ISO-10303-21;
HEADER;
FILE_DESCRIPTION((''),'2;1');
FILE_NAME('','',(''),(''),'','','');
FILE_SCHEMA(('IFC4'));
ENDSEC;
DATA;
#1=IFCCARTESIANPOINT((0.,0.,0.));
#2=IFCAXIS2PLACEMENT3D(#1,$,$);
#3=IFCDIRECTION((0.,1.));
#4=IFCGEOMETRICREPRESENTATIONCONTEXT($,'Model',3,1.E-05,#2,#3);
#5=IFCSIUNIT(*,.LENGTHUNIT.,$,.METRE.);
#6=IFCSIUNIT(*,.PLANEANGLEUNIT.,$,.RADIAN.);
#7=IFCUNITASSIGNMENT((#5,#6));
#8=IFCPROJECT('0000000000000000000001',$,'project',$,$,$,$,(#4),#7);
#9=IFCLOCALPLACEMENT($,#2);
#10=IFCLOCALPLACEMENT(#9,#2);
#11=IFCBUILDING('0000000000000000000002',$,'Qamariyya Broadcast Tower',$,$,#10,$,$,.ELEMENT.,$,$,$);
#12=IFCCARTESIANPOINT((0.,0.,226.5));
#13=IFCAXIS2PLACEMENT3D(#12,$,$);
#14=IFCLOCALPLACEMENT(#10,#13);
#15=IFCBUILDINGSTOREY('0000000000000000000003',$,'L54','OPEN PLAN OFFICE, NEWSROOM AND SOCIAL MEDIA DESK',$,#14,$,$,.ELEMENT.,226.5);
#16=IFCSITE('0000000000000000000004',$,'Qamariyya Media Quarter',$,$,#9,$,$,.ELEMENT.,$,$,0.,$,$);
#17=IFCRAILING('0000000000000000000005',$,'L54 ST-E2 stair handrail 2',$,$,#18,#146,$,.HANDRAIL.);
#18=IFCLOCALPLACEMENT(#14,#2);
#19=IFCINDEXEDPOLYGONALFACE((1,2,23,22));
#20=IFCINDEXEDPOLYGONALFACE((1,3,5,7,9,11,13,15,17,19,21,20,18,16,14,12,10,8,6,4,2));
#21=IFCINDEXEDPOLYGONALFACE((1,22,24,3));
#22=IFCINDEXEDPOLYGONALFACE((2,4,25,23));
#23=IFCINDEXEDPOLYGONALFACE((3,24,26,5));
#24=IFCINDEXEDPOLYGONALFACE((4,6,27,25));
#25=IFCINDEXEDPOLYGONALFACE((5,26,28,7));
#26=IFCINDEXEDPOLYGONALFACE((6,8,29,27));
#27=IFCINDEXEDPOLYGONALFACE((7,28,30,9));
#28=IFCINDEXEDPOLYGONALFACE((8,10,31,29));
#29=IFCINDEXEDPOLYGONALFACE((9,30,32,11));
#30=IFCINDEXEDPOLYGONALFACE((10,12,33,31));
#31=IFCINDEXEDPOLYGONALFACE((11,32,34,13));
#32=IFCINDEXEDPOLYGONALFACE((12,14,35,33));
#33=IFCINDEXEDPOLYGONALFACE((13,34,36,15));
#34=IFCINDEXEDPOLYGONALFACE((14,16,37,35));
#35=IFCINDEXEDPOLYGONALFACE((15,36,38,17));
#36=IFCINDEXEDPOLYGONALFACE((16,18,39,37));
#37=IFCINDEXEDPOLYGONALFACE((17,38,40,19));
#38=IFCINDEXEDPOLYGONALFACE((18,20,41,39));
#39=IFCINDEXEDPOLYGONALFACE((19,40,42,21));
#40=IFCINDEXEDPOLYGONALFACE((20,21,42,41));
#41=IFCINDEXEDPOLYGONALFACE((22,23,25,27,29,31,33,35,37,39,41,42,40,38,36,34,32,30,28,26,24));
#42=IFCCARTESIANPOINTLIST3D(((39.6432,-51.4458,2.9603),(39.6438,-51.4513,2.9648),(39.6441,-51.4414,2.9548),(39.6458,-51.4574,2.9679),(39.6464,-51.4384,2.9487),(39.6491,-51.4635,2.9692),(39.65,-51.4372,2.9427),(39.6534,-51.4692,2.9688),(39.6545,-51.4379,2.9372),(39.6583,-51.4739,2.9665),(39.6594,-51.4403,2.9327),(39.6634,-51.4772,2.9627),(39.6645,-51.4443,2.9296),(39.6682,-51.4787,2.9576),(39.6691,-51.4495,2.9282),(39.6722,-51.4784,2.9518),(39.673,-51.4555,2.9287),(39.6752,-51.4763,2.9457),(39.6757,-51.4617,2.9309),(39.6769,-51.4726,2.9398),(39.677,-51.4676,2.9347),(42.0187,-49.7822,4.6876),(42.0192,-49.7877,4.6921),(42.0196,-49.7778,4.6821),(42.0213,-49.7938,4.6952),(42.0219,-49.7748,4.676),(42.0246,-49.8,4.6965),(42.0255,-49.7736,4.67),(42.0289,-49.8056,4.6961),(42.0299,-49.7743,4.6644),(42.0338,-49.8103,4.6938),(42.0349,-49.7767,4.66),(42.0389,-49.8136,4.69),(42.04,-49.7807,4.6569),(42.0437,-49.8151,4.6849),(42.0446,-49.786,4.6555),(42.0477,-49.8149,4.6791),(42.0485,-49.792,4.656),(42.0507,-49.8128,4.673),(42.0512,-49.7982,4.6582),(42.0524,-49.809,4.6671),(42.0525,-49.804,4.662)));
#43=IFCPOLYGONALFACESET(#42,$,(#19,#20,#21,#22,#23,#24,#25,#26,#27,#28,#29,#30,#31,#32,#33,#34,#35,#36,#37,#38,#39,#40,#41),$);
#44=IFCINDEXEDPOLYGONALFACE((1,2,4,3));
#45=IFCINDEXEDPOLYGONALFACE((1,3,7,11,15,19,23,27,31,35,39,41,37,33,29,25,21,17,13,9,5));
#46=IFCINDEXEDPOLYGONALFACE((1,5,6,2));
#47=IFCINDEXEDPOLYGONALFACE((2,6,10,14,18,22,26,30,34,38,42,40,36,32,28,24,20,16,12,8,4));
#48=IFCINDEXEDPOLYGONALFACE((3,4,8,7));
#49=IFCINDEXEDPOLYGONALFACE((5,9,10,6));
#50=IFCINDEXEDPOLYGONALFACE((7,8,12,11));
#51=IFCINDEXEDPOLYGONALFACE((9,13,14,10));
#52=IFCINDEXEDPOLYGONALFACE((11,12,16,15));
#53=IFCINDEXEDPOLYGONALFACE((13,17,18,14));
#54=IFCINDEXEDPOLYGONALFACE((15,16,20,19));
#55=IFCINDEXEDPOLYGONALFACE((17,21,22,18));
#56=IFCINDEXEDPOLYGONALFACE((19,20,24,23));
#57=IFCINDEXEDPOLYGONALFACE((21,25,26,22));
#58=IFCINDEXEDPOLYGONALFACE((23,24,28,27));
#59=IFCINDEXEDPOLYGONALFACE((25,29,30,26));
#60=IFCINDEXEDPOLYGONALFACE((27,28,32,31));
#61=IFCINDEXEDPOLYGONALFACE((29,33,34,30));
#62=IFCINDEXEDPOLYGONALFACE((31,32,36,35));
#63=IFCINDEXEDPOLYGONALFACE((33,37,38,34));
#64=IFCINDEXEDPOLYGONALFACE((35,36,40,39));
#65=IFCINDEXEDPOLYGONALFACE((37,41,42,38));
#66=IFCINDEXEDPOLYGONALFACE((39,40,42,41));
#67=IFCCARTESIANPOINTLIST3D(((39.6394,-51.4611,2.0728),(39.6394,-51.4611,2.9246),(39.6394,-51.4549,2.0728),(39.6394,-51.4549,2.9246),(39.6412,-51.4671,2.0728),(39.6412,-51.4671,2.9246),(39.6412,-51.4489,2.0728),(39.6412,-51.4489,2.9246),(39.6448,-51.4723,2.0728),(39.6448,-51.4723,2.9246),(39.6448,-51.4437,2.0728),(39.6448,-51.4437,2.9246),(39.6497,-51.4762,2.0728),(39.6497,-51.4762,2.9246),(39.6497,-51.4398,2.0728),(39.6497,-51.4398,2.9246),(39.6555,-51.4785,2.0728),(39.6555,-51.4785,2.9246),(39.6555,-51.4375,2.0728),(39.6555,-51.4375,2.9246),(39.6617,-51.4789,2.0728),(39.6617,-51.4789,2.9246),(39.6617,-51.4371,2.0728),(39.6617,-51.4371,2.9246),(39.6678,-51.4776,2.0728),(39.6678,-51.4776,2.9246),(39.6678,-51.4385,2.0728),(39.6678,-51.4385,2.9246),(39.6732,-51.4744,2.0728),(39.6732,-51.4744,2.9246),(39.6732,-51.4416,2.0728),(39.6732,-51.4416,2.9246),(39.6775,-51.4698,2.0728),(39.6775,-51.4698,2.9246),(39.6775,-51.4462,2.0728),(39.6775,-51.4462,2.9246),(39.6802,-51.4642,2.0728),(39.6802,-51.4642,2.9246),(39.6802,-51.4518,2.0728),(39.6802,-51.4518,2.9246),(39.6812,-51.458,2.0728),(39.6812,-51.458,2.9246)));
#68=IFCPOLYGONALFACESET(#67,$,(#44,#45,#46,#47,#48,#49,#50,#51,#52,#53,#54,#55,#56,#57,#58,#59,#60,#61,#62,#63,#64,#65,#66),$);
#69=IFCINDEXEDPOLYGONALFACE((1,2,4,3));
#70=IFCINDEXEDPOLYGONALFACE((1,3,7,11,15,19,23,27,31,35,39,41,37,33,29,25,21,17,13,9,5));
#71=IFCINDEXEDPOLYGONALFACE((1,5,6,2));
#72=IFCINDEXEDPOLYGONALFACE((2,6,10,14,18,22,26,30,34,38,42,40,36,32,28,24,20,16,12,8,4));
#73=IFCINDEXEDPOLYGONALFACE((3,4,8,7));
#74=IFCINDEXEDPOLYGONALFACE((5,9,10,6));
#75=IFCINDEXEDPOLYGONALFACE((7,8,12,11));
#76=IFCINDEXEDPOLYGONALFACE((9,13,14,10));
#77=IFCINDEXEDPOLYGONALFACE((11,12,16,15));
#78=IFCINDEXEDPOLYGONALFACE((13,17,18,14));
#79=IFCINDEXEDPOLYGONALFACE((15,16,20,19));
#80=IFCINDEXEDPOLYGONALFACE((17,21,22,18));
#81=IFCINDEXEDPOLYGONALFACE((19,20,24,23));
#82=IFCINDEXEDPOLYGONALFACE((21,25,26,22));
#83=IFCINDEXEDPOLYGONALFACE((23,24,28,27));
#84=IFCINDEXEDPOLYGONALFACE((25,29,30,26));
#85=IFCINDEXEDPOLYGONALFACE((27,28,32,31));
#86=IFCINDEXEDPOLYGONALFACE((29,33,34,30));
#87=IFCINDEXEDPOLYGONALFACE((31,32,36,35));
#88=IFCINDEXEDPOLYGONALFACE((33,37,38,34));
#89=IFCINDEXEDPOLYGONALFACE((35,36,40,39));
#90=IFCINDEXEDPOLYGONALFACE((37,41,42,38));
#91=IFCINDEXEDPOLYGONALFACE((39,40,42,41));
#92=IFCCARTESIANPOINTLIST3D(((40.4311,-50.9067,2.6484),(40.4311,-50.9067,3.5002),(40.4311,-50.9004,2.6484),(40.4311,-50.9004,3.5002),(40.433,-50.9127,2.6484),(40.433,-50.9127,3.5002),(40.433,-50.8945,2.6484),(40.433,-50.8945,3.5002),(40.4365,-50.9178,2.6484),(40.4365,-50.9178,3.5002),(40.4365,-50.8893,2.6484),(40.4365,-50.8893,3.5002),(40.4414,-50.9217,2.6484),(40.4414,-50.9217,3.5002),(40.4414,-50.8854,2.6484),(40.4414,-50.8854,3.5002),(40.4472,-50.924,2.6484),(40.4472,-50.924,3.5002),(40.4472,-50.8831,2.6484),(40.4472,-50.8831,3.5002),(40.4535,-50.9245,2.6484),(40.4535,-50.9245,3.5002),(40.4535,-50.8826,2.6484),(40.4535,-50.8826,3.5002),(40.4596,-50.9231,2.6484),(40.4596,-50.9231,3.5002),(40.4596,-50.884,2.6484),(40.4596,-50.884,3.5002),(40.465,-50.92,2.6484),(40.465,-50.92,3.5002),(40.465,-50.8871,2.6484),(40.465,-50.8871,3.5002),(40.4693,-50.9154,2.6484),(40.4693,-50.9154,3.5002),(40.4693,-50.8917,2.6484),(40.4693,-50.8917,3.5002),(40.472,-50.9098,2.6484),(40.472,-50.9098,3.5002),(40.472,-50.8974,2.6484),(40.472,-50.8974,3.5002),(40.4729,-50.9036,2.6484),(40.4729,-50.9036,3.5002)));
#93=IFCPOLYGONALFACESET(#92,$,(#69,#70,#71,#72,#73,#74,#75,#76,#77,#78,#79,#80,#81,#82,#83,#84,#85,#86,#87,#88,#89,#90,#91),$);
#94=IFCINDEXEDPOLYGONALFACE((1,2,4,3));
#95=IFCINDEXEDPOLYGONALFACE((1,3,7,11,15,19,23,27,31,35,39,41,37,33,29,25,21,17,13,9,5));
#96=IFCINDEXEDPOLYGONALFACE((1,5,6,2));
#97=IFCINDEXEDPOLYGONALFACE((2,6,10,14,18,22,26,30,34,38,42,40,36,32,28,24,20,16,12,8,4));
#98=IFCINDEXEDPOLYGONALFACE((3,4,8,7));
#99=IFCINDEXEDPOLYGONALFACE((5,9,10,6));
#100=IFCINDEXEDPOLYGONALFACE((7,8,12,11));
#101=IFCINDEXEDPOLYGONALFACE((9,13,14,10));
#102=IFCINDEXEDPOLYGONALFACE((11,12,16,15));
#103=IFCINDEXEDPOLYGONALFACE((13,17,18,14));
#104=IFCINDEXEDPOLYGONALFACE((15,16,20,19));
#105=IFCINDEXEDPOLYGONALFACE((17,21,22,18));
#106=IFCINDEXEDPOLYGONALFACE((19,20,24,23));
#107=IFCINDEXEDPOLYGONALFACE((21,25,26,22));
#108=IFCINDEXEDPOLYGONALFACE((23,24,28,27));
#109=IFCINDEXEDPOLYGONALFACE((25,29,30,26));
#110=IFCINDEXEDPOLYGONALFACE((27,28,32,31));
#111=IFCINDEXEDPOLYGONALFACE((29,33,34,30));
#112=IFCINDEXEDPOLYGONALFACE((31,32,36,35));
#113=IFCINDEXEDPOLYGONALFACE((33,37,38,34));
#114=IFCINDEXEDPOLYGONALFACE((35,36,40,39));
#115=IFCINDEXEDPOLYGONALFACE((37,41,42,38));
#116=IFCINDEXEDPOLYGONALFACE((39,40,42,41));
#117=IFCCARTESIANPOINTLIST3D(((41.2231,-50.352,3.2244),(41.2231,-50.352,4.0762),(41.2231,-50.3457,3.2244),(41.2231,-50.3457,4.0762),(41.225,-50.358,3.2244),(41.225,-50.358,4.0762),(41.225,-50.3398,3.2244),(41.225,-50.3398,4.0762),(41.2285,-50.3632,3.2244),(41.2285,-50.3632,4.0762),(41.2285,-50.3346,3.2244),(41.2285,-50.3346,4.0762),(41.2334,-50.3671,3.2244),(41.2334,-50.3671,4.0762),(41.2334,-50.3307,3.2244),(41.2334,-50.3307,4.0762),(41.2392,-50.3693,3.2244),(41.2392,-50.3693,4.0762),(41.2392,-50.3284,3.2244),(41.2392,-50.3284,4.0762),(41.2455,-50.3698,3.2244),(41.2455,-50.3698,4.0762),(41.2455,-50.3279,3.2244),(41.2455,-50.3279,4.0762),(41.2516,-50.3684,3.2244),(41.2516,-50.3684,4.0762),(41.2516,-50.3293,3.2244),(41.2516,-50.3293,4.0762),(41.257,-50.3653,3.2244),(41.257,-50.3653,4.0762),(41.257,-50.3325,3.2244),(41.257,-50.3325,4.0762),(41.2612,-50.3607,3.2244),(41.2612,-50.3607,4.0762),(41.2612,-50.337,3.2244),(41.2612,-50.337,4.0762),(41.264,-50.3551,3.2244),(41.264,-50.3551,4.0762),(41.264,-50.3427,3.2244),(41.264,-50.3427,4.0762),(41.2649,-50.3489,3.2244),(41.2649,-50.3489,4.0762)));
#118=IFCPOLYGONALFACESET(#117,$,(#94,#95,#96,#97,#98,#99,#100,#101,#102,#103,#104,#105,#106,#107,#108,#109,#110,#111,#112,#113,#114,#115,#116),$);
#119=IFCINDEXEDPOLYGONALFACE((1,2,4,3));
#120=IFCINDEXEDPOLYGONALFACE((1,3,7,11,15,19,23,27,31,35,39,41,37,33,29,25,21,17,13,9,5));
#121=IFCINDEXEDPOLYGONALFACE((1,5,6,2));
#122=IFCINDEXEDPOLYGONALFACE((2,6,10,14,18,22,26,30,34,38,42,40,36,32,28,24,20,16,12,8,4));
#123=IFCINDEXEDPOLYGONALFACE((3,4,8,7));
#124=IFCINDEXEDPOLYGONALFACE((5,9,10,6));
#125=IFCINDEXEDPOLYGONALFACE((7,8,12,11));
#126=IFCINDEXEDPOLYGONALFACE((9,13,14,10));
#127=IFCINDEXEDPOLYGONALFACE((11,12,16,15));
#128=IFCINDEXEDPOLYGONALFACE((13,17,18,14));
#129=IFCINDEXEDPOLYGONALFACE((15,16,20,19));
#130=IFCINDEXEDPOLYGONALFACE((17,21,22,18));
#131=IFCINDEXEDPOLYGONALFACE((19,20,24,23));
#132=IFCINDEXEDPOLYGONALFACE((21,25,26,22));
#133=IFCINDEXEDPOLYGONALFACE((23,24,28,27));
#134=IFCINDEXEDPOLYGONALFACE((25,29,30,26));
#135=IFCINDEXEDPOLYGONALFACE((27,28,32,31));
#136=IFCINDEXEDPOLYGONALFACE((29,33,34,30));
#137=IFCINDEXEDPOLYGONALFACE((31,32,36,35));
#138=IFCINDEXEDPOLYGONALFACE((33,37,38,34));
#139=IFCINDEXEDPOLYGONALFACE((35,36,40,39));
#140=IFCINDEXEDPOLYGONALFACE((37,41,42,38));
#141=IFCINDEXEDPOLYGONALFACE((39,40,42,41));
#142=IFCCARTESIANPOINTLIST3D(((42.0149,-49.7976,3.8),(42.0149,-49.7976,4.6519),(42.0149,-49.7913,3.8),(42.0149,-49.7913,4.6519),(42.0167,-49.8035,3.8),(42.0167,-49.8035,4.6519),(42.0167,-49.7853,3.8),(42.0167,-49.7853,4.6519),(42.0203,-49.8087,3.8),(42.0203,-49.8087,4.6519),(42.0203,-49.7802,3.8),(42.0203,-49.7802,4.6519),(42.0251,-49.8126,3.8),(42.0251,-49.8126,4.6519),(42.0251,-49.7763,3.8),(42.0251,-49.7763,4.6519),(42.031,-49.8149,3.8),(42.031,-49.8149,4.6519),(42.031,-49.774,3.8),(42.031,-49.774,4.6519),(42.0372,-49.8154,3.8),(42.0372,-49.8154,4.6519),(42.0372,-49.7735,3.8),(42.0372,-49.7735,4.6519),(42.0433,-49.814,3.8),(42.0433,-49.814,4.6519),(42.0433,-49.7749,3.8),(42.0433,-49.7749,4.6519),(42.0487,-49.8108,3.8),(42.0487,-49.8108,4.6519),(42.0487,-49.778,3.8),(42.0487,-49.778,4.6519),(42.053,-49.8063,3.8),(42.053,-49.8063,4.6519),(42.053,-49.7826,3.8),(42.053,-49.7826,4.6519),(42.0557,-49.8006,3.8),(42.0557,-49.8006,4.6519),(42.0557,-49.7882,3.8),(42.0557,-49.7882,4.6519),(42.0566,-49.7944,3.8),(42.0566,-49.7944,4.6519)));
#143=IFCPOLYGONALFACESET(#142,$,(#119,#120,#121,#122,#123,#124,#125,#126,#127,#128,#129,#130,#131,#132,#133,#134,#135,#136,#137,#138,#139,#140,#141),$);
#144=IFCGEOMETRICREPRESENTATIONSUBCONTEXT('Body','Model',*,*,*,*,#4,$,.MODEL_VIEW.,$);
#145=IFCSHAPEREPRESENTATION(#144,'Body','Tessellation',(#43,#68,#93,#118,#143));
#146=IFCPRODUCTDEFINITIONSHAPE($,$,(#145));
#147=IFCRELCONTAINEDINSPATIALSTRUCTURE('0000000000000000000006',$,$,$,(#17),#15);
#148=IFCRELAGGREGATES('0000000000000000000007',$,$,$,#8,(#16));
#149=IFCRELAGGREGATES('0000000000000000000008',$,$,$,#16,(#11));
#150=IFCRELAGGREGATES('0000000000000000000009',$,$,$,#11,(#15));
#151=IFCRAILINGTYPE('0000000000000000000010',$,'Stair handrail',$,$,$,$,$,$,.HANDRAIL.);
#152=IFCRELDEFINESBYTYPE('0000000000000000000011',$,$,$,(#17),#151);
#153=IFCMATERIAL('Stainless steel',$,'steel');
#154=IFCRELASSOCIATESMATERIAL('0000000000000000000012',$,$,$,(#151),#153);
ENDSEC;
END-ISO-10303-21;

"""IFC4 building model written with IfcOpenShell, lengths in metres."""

from ifc_helpers import new_model, si_unit, direction, frame, origin, origin_2d, place, context, subcontext, project, spatial, circle, extrude, material, type_object, element, save


model = new_model("IFC4")

# Units and contexts
model_context = context("Model", 3, precision=1e-05, world=origin(), true_north=direction((0.0, 1.0)))
body_context = subcontext(model_context, "Body", "Model", "MODEL_VIEW")
ifc_project = project(units=[si_unit("LENGTHUNIT", "METRE"), si_unit("PLANEANGLEUNIT", "RADIAN")], contexts=[model_context])

# Site, building, storey
site_placement = place(None, origin())
site = spatial("IfcSite", under=ifc_project, at=site_placement, Name="Qamariyya Media Quarter", CompositionType="ELEMENT", RefElevation=0.0)
building_placement = place(site_placement, origin())
building = spatial("IfcBuilding", under=site, at=building_placement, Name="Qamariyya Broadcast Tower", CompositionType="ELEMENT")
storey_placement = place(building_placement, frame((0.0, 0.0, 226.5)))
storey = spatial("IfcBuildingStorey", under=building, at=storey_placement, Name="L54", Description="OPEN PLAN OFFICE, NEWSROOM AND SOCIAL MEDIA DESK", CompositionType="ELEMENT", Elevation=226.5)

# Railing
ifc_material_1 = material(Name="Stainless steel", Category="steel")
railing_type_1 = type_object("IfcRailingType", Name="Stair handrail", PredefinedType="HANDRAIL", material=ifc_material_1)
railing_1_placement = place(storey_placement, frame((39.6602, -51.458, 2.0728)))
element("IfcRailing", 1, at=railing_1_placement, inside=storey, type_object=railing_type_1, Name="L54 ST-E2 stair handrail 2", PredefinedType="HANDRAIL", context=body_context, shape_type="SweptSolid", body=[
    extrude(circle(Radius=0.0239, at=origin_2d()), frame((0.0, 0.0, 0.876), z_axis=(0.703745, 0.492838, 0.511716), x_axis=(-0.573632, 0.819113, 0.0)), (0.0, 0.0, 1.0), 3.3755),
    extrude(circle(Radius=0.021, at=origin_2d()), origin(), (0.0, 0.0, 1.0), 0.8518),
    extrude(circle(Radius=0.021, at=origin_2d()), frame((0.7917, 0.5544, 0.5757)), (0.0, 0.0, 1.0), 0.8518),
    extrude(circle(Radius=0.021, at=origin_2d()), frame((1.5837, 1.1091, 1.1516)), (0.0, 0.0, 1.0), 0.8518),
    extrude(circle(Radius=0.021, at=origin_2d()), frame((2.3755, 1.6636, 1.7273)), (0.0, 0.0, 1.0), 0.8518),
])

save(model, "model.ifc")
